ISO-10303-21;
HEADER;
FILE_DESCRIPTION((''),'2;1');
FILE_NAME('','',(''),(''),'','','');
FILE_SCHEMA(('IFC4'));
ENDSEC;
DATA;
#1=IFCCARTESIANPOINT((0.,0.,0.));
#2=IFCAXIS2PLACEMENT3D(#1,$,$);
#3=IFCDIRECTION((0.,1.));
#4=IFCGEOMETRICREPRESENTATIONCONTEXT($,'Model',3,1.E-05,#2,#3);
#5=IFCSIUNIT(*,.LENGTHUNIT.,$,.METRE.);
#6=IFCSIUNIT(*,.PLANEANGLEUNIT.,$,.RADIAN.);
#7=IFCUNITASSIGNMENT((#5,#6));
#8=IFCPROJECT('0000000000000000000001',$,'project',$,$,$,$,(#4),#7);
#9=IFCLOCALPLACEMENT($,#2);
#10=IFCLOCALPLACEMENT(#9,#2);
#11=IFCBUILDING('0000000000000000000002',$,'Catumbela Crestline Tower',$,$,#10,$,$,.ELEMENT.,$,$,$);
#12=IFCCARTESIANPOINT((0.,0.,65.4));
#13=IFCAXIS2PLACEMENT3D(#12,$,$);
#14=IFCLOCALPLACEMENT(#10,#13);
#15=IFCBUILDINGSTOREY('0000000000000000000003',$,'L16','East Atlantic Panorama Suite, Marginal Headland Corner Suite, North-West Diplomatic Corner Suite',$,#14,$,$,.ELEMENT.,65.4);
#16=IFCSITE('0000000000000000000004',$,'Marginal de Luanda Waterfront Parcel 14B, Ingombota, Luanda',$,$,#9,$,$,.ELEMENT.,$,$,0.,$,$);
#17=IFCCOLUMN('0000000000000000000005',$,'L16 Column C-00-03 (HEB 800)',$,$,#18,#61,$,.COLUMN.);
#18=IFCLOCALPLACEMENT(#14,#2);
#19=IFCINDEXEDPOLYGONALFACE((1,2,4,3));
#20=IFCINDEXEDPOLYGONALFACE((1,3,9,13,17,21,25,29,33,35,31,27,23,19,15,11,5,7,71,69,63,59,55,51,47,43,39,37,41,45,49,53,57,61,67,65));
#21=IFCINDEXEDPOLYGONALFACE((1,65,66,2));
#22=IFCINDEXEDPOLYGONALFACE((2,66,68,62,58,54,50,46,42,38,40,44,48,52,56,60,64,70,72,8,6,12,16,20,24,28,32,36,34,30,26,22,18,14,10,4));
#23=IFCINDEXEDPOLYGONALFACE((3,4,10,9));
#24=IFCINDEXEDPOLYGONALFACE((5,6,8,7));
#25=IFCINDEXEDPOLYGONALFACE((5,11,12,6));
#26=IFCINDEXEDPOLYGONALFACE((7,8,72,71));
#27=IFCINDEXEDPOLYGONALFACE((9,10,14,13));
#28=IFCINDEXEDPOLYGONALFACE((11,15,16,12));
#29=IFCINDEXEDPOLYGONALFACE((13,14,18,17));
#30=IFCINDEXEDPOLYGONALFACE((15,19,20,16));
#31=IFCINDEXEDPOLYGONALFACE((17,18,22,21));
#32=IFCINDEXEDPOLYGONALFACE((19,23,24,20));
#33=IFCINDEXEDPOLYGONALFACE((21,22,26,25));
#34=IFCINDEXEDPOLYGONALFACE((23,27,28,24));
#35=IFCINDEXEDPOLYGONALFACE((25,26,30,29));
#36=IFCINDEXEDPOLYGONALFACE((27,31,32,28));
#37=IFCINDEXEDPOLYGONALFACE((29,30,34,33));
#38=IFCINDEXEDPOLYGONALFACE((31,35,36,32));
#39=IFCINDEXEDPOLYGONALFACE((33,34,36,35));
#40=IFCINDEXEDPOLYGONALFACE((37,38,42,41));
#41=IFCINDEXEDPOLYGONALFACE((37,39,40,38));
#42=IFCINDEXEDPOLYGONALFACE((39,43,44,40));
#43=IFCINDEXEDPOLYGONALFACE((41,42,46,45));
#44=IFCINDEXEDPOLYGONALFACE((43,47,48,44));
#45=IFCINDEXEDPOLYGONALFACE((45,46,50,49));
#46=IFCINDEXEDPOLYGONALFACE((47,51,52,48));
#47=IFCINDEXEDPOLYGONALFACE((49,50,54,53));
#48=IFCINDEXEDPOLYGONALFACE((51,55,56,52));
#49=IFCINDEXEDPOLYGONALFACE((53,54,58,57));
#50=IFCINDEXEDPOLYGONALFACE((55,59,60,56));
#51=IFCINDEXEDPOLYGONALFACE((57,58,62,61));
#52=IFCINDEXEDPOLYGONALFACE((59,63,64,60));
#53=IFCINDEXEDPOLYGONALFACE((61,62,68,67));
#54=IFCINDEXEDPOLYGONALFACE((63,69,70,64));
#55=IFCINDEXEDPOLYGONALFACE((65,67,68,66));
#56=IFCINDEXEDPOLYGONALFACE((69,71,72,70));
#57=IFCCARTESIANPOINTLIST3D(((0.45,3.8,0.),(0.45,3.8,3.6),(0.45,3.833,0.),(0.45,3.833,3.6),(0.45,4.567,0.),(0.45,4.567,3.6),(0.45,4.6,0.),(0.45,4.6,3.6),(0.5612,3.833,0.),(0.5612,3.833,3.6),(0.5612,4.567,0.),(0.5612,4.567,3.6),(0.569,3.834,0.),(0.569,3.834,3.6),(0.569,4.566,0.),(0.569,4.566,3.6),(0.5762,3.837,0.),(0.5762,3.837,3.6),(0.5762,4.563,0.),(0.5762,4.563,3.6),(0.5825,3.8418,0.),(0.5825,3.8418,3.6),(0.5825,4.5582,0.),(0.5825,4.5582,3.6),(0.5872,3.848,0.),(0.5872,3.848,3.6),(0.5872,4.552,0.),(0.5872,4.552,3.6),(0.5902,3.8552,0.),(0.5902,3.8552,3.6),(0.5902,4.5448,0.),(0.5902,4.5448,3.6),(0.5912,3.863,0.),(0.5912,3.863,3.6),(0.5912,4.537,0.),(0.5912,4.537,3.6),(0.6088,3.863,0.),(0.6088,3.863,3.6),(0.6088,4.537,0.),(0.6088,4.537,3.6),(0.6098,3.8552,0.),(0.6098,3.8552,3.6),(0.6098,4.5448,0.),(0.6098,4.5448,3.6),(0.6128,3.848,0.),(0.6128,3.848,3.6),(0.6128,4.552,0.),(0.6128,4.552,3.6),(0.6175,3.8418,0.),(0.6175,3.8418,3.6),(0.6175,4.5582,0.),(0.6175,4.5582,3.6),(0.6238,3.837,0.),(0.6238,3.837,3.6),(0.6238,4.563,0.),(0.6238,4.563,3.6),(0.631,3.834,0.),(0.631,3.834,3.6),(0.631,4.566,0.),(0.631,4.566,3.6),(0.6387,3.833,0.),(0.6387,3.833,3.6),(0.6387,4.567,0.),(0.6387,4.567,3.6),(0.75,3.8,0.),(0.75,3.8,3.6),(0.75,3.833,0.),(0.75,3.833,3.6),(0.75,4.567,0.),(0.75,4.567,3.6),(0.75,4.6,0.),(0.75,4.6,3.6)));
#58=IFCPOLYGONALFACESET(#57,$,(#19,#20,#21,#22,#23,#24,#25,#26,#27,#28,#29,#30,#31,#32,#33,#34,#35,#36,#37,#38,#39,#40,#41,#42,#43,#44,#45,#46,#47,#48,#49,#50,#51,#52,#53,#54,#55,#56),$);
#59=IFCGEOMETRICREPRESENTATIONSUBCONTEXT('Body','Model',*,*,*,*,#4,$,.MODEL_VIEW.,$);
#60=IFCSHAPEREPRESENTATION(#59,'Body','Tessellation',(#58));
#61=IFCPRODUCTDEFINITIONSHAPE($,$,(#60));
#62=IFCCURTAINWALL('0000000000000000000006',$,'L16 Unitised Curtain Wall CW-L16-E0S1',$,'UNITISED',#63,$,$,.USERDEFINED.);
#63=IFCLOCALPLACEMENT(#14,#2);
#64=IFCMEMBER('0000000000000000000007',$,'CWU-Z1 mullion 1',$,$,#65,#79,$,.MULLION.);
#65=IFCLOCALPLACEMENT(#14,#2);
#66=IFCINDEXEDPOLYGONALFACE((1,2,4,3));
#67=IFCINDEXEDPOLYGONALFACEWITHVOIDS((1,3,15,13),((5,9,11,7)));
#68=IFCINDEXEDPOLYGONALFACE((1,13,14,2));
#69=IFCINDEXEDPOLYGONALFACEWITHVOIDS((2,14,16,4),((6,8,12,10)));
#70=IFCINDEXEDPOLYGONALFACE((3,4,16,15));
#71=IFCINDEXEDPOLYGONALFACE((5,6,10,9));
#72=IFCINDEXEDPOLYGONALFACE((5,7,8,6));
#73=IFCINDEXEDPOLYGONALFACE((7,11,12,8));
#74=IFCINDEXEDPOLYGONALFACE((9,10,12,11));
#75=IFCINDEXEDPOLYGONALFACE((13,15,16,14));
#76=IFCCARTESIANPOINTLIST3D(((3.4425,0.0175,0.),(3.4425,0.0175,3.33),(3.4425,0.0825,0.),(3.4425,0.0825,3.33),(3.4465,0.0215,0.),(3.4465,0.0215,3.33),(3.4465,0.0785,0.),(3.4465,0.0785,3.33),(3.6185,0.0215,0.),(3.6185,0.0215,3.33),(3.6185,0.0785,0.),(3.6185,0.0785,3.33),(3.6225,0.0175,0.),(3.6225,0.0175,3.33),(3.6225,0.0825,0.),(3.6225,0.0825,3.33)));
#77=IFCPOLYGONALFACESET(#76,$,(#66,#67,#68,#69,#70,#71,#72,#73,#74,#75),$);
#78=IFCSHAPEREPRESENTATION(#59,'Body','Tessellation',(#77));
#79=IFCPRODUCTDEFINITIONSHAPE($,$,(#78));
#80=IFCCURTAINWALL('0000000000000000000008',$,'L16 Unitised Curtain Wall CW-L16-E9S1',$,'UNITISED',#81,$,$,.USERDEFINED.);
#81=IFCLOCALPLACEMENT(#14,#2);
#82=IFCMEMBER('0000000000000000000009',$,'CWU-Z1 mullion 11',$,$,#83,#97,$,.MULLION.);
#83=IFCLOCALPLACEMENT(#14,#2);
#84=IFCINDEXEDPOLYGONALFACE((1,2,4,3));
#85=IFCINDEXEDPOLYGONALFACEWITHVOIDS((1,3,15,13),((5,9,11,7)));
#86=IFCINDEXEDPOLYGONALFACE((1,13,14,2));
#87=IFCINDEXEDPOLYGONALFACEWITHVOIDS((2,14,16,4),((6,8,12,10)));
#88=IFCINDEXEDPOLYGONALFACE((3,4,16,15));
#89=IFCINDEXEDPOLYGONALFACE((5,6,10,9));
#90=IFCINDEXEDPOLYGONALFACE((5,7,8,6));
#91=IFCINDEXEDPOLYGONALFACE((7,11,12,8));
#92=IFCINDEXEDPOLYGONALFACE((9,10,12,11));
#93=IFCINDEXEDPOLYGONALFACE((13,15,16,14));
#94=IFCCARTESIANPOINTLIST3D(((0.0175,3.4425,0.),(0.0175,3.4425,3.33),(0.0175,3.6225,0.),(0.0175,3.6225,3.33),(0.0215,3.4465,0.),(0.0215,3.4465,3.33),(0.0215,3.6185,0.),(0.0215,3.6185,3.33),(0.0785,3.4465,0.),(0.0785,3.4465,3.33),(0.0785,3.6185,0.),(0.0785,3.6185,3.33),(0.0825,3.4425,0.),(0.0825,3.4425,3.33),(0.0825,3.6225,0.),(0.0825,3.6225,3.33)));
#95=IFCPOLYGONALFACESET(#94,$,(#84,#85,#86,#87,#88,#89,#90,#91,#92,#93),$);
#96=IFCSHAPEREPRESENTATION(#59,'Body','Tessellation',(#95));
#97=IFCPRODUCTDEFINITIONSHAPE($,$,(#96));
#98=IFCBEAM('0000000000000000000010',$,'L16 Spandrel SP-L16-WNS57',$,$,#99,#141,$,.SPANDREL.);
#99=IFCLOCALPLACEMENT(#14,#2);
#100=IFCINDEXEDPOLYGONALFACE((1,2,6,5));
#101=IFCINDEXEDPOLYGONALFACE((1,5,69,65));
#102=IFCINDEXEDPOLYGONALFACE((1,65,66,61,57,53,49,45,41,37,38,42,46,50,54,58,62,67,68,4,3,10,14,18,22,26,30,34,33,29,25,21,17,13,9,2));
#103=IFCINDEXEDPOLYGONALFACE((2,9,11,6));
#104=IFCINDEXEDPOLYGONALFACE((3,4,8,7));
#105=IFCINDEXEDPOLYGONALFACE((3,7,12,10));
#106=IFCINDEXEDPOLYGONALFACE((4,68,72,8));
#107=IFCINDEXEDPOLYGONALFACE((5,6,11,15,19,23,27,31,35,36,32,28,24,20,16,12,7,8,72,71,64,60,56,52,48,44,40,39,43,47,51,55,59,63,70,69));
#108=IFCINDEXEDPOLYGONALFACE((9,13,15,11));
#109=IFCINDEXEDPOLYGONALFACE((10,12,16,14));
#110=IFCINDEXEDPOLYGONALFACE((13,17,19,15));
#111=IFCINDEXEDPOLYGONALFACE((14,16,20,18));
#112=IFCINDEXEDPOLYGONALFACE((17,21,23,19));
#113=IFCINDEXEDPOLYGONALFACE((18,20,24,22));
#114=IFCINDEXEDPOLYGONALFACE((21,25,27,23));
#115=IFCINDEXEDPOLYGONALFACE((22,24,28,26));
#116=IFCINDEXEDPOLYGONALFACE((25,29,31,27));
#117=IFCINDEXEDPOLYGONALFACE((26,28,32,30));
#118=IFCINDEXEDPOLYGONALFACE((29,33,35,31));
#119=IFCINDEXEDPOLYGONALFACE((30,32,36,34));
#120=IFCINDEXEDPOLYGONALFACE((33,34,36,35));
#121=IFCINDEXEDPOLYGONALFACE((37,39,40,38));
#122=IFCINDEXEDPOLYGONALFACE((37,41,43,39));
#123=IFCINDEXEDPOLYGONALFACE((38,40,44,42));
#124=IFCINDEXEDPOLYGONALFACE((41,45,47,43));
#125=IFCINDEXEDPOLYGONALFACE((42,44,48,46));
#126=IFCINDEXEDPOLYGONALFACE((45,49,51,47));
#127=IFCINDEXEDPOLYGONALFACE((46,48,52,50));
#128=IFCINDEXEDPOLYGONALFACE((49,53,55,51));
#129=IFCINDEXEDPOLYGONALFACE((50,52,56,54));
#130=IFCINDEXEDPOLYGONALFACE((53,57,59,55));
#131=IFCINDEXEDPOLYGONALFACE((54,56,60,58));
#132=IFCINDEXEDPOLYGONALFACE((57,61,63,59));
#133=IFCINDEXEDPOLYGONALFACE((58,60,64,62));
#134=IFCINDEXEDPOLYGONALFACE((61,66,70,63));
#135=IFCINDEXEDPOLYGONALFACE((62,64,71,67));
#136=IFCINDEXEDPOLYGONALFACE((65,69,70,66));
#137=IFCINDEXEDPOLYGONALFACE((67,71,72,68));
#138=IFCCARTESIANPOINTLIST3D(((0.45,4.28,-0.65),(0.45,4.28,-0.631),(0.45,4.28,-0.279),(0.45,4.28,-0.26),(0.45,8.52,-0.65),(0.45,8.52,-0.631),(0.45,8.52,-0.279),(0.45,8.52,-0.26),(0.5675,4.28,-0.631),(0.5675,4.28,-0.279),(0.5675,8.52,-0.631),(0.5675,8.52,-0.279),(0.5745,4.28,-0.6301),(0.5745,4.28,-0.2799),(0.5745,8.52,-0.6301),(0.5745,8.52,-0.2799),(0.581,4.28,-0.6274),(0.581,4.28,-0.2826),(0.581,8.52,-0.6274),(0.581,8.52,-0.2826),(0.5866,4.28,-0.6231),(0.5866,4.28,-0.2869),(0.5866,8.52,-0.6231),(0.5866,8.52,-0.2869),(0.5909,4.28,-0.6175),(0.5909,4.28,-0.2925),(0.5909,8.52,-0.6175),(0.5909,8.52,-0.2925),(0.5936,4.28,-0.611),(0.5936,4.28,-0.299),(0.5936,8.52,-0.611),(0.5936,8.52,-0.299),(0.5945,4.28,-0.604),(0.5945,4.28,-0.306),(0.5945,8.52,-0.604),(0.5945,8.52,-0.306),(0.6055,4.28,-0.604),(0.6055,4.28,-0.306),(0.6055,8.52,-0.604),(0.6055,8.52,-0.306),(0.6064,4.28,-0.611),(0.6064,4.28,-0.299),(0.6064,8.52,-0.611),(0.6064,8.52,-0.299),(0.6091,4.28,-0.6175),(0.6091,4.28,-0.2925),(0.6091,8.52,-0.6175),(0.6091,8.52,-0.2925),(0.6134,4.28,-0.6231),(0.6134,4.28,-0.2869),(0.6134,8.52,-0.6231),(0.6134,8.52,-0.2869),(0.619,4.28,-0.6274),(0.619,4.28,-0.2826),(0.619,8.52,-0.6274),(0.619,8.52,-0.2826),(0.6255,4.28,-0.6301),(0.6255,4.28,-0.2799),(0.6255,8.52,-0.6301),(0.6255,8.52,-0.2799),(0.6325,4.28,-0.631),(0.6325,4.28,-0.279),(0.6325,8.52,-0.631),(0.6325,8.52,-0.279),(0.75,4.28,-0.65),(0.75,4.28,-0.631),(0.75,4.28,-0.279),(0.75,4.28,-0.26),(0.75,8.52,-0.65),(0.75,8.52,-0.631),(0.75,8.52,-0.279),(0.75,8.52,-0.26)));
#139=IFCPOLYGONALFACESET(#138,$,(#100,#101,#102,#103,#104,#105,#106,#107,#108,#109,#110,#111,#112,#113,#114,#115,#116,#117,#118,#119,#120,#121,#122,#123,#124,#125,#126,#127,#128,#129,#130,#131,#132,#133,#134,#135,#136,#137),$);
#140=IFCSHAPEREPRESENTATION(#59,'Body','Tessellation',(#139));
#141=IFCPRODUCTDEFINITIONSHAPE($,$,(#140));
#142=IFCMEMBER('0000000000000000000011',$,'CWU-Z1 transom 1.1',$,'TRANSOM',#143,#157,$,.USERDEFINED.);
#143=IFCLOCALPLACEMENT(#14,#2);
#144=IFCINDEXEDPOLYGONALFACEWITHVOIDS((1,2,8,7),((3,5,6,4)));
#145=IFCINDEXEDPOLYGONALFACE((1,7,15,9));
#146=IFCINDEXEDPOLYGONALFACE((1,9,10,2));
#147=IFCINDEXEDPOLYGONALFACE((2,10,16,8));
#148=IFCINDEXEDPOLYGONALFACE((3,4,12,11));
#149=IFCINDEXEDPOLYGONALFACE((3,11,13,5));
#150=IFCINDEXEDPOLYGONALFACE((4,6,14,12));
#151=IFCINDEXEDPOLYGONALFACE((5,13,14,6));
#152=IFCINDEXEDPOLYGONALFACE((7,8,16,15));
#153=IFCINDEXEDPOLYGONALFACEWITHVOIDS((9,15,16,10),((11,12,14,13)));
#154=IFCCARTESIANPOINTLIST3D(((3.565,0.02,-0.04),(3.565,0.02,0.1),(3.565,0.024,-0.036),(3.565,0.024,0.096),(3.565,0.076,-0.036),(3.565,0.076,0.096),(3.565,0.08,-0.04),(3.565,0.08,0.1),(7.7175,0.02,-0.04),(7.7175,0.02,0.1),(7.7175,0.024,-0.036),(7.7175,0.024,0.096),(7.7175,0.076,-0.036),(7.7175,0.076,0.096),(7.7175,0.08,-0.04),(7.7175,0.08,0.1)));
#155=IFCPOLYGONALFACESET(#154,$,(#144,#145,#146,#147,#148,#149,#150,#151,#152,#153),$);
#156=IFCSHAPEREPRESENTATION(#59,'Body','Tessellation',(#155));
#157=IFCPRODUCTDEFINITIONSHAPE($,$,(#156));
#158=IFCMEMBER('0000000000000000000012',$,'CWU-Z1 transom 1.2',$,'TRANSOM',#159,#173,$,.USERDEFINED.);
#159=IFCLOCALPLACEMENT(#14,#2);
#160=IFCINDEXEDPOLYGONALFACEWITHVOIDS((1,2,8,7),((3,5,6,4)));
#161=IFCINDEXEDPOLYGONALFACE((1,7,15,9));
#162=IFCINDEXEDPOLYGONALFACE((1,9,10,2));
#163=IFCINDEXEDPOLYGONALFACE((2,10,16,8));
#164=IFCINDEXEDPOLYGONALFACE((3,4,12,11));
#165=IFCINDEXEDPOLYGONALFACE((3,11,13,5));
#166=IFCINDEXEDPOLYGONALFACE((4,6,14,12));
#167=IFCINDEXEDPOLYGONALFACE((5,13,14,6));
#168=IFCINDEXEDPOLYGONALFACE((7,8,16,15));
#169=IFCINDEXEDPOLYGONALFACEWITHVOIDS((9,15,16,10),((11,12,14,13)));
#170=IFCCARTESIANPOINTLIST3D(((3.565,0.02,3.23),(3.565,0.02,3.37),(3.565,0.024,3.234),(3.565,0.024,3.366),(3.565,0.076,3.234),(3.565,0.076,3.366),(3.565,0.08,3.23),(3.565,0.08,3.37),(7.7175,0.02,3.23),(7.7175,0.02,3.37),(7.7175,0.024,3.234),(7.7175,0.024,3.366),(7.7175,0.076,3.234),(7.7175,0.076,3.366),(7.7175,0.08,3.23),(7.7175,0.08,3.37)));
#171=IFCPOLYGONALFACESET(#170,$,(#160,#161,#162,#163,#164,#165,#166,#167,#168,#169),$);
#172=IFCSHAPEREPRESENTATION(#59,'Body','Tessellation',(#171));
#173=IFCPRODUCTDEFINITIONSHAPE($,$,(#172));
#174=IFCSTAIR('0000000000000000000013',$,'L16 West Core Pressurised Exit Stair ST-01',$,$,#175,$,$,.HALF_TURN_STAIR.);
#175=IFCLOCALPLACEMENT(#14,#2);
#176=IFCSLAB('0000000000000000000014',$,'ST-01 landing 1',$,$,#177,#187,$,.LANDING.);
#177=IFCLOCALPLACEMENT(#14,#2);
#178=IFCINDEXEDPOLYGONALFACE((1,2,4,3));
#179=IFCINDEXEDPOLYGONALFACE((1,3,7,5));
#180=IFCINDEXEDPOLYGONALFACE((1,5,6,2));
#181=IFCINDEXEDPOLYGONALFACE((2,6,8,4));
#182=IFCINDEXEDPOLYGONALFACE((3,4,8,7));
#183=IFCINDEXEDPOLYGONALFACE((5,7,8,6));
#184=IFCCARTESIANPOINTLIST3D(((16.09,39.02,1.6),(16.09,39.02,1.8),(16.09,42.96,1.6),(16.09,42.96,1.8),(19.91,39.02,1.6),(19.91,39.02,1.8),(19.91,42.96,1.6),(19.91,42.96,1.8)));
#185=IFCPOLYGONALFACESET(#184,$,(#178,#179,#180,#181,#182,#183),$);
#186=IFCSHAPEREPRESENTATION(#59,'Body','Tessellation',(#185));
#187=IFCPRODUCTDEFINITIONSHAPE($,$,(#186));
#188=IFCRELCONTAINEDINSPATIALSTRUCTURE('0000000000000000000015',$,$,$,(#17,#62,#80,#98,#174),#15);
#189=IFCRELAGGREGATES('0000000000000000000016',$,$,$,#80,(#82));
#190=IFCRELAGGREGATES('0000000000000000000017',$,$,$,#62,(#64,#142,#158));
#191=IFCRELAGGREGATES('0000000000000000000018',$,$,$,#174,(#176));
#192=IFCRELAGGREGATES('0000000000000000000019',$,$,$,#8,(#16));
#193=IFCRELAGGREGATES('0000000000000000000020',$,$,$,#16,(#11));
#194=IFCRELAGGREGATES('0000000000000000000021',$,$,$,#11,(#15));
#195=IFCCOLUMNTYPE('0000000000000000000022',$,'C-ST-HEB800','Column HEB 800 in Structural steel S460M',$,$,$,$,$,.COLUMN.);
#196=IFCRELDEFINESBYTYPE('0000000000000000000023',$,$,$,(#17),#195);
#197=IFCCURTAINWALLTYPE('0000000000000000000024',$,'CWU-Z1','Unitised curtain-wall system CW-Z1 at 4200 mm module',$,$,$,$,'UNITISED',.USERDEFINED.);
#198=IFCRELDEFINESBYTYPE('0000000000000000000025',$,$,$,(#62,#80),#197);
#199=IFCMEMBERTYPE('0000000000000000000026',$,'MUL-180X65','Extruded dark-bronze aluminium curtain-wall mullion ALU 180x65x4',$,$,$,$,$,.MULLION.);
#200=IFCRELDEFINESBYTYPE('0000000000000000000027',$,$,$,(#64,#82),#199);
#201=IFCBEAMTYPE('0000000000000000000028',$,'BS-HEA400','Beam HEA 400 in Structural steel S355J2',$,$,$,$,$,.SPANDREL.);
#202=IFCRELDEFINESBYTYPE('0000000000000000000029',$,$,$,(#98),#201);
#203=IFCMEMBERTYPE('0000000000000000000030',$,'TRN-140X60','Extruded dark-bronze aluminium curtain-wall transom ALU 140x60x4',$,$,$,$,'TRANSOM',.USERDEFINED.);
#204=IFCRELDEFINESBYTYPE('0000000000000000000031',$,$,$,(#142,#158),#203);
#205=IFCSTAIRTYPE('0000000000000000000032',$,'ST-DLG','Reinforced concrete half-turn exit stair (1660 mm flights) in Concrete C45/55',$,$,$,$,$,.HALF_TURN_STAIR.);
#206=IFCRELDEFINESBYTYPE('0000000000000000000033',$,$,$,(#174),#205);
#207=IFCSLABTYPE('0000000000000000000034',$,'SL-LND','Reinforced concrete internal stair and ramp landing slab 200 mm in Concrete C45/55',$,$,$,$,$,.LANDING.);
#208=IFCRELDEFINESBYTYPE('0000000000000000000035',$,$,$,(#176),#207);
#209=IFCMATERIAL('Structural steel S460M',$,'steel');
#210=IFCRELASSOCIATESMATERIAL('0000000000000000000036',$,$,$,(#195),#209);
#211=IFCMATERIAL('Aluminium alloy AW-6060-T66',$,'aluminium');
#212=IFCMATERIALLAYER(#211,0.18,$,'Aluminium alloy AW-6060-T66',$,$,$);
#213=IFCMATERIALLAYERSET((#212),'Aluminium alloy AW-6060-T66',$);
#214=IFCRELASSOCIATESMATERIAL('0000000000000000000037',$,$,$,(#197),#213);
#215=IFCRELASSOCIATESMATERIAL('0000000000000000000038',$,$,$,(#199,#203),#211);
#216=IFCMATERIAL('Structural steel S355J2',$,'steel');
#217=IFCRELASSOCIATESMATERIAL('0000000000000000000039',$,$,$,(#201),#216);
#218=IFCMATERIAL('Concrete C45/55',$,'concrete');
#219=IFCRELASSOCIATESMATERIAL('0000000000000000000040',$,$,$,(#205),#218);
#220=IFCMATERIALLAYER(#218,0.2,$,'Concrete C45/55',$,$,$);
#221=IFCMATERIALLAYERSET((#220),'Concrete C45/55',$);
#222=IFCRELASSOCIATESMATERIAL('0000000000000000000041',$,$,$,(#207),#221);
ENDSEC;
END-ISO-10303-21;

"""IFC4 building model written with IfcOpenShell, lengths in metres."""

from ifc_helpers import new_model, si_unit, direction, frame, origin, origin_2d, place, context, subcontext, project, spatial, polyline, hollow_rectangle, i_section, outline, extrude, material, layer, layer_set, material_profile, profile_set, type_object, element, aggregate, save


model = new_model("IFC4")

# Units and contexts
model_context = context("Model", 3, precision=1e-05, world=origin(), true_north=direction((0.0, 1.0)))
body_context = subcontext(model_context, "Body", "Model", "MODEL_VIEW")
ifc_project = project(units=[si_unit("LENGTHUNIT", "METRE"), si_unit("PLANEANGLEUNIT", "RADIAN")], contexts=[model_context])

# Site, building, storey
site_placement = place(None, origin())
site = spatial("IfcSite", under=ifc_project, at=site_placement, Name="Marginal de Luanda Waterfront Parcel 14B, Ingombota, Luanda", CompositionType="ELEMENT", RefElevation=0.0)
building_placement = place(site_placement, origin())
building = spatial("IfcBuilding", under=site, at=building_placement, Name="Catumbela Crestline Tower", CompositionType="ELEMENT")
storey_placement = place(building_placement, frame((0.0, 0.0, 65.4)))
storey = spatial("IfcBuildingStorey", under=building, at=storey_placement, Name="L16", Description="East Atlantic Panorama Suite, Marginal Headland Corner Suite, North-West Diplomatic Corner Suite", CompositionType="ELEMENT", Elevation=65.4)

# Column
ifc_material_1 = material(Name="Structural steel S460M", Category="steel")
ifc_material_profile_1 = material_profile(ifc_material_1, i_section(OverallWidth=0.3, OverallDepth=0.8, WebThickness=0.0175, FlangeThickness=0.033, FilletRadius=0.03, at=origin_2d()), Name="HEB 800")
ifc_profile_set_1 = profile_set([ifc_material_profile_1], Name="Structural steel S460M")
column_type = type_object("IfcColumnType", Name="C-ST-HEB800", Description="Column HEB 800 in Structural steel S460M", PredefinedType="COLUMN", material=ifc_profile_set_1)
column_placement = place(storey_placement, frame((0.6, 4.2, 0.0), z_axis=(0.0, 0.0, 1.0), x_axis=(1.0, 0.0, 0.0)))
element("IfcColumn", 1, at=column_placement, inside=storey, type_object=column_type, Name="L16 Column C-00-03 (HEB 800)", PredefinedType="COLUMN", context=body_context, shape_type="SweptSolid", body=[
    extrude(i_section(OverallWidth=0.3, OverallDepth=0.8, WebThickness=0.0175, FlangeThickness=0.033, FilletRadius=0.03, at=origin_2d()), origin(), (0.0, 0.0, 1.0), 3.6),
])

# Curtain walls, members
ifc_material_2 = material(Name="Aluminium alloy AW-6060-T66", Category="aluminium")
ifc_layer_1 = layer(ifc_material_2, 0.18, Name="Aluminium alloy AW-6060-T66")
ifc_layer_set_1 = layer_set([ifc_layer_1], Name="Aluminium alloy AW-6060-T66")
curtain_wall_type = type_object("IfcCurtainWallType", Name="CWU-Z1", Description="Unitised curtain-wall system CW-Z1 at 4200 mm module", ElementType="UNITISED", PredefinedType="USERDEFINED", material=ifc_layer_set_1)
curtain_wall_1_placement = place(storey_placement, origin())
curtain_wall_1 = element("IfcCurtainWall", 2, at=curtain_wall_1_placement, inside=storey, type_object=curtain_wall_type, Name="L16 Unitised Curtain Wall CW-L16-E0S1", ObjectType="UNITISED", PredefinedType="USERDEFINED")
ifc_material_profile_2 = material_profile(ifc_material_2, hollow_rectangle(XDim=0.065, YDim=0.18, WallThickness=0.004, at=origin_2d()), Name="ALU 180x65x4")
ifc_profile_set_2 = profile_set([ifc_material_profile_2], Name="Aluminium alloy AW-6060-T66")
member_type_1 = type_object("IfcMemberType", Name="MUL-180X65", Description="Extruded dark-bronze aluminium curtain-wall mullion ALU 180x65x4", PredefinedType="MULLION", material=ifc_profile_set_2)
member_1_placement = place(storey_placement, frame((3.5325, 0.05, 0.0), z_axis=(0.0, 0.0, 1.0), x_axis=(0.0, 1.0, 0.0)))
member_1 = element("IfcMember", 3, at=member_1_placement, type_object=member_type_1, Name="CWU-Z1 mullion 1", PredefinedType="MULLION", context=body_context, shape_type="SweptSolid", body=[
    extrude(hollow_rectangle(XDim=0.065, YDim=0.18, WallThickness=0.004, at=origin_2d()), origin(), (0.0, 0.0, 1.0), 3.33),
])
curtain_wall_2_placement = place(storey_placement, origin())
curtain_wall_2 = element("IfcCurtainWall", 4, at=curtain_wall_2_placement, inside=storey, type_object=curtain_wall_type, Name="L16 Unitised Curtain Wall CW-L16-E9S1", ObjectType="UNITISED", PredefinedType="USERDEFINED")
member_2_placement = place(storey_placement, frame((0.05, 3.5325, 0.0), z_axis=(0.0, 0.0, 1.0), x_axis=(1.0, 0.0, 0.0)))
member_2 = element("IfcMember", 5, at=member_2_placement, type_object=member_type_1, Name="CWU-Z1 mullion 11", PredefinedType="MULLION", context=body_context, shape_type="SweptSolid", body=[
    extrude(hollow_rectangle(XDim=0.065, YDim=0.18, WallThickness=0.004, at=origin_2d()), origin(), (0.0, 0.0, 1.0), 3.33),
])
aggregate(curtain_wall_2, [member_2])

# Beam
ifc_material_3 = material(Name="Structural steel S355J2", Category="steel")
ifc_material_profile_3 = material_profile(ifc_material_3, i_section(OverallWidth=0.3, OverallDepth=0.39, WebThickness=0.011, FlangeThickness=0.019, FilletRadius=0.027, at=origin_2d()), Name="HEA 400")
ifc_profile_set_3 = profile_set([ifc_material_profile_3], Name="Structural steel S355J2")
beam_type = type_object("IfcBeamType", Name="BS-HEA400", Description="Beam HEA 400 in Structural steel S355J2", PredefinedType="SPANDREL", material=ifc_profile_set_3)
beam_placement = place(storey_placement, frame((0.6, 4.28, -0.455), z_axis=(0.0, 1.0, 0.0), x_axis=(-1.0, 0.0, 0.0)))
element("IfcBeam", 6, at=beam_placement, inside=storey, type_object=beam_type, Name="L16 Spandrel SP-L16-WNS57", PredefinedType="SPANDREL", context=body_context, shape_type="SweptSolid", body=[
    extrude(i_section(OverallWidth=0.3, OverallDepth=0.39, WebThickness=0.011, FlangeThickness=0.019, FilletRadius=0.027, at=origin_2d()), origin(), (0.0, 0.0, 1.0), 4.24),
])

# Members
ifc_material_profile_4 = material_profile(ifc_material_2, hollow_rectangle(XDim=0.06, YDim=0.14, WallThickness=0.004, at=origin_2d()), Name="ALU 140x60x4")
ifc_profile_set_4 = profile_set([ifc_material_profile_4], Name="Aluminium alloy AW-6060-T66")
member_type_2 = type_object("IfcMemberType", Name="TRN-140X60", Description="Extruded dark-bronze aluminium curtain-wall transom ALU 140x60x4", ElementType="TRANSOM", PredefinedType="USERDEFINED", material=ifc_profile_set_4)
member_3_placement = place(storey_placement, frame((3.565, 0.05, 0.03), z_axis=(1.0, 0.0, 0.0), x_axis=(0.0, 1.0, 0.0)))
member_3 = element("IfcMember", 7, at=member_3_placement, type_object=member_type_2, Name="CWU-Z1 transom 1.1", ObjectType="TRANSOM", PredefinedType="USERDEFINED", context=body_context, shape_type="SweptSolid", body=[
    extrude(hollow_rectangle(XDim=0.06, YDim=0.14, WallThickness=0.004, at=origin_2d()), origin(), (0.0, 0.0, 1.0), 4.1525),
])
member_4_placement = place(storey_placement, frame((3.565, 0.05, 3.3), z_axis=(1.0, 0.0, 0.0), x_axis=(0.0, 1.0, 0.0)))
member_4 = element("IfcMember", 8, at=member_4_placement, type_object=member_type_2, Name="CWU-Z1 transom 1.2", ObjectType="TRANSOM", PredefinedType="USERDEFINED", context=body_context, shape_type="SweptSolid", body=[
    extrude(hollow_rectangle(XDim=0.06, YDim=0.14, WallThickness=0.004, at=origin_2d()), origin(), (0.0, 0.0, 1.0), 4.1525),
])
aggregate(curtain_wall_1, [member_1, member_3, member_4])

# Stair, slab
ifc_material_4 = material(Name="Concrete C45/55", Category="concrete")
stair_type = type_object("IfcStairType", Name="ST-DLG", Description="Reinforced concrete half-turn exit stair (1660 mm flights) in Concrete C45/55", PredefinedType="HALF_TURN_STAIR", material=ifc_material_4)
stair_1_placement = place(storey_placement, origin())
stair_1 = element("IfcStair", 9, at=stair_1_placement, inside=storey, type_object=stair_type, Name="L16 West Core Pressurised Exit Stair ST-01", PredefinedType="HALF_TURN_STAIR")
ifc_layer_2 = layer(ifc_material_4, 0.2, Name="Concrete C45/55")
ifc_layer_set_2 = layer_set([ifc_layer_2], Name="Concrete C45/55")
slab_type_1 = type_object("IfcSlabType", Name="SL-LND", Description="Reinforced concrete internal stair and ramp landing slab 200 mm in Concrete C45/55", PredefinedType="LANDING", material=ifc_layer_set_2)
slab_1_placement = place(storey_placement, frame((0.0, 0.0, 1.6)))
slab_1 = element("IfcSlab", 10, at=slab_1_placement, type_object=slab_type_1, Name="ST-01 landing 1", PredefinedType="LANDING", context=body_context, shape_type="SweptSolid", body=[
    extrude(outline(polyline([(19.91, 39.02), (19.91, 42.96), (16.09, 42.96), (16.09, 39.02), (19.91, 39.02)])), origin(), (0.0, 0.0, 1.0), 0.2),
])
aggregate(stair_1, [slab_1])

save(model, "model.ifc")
